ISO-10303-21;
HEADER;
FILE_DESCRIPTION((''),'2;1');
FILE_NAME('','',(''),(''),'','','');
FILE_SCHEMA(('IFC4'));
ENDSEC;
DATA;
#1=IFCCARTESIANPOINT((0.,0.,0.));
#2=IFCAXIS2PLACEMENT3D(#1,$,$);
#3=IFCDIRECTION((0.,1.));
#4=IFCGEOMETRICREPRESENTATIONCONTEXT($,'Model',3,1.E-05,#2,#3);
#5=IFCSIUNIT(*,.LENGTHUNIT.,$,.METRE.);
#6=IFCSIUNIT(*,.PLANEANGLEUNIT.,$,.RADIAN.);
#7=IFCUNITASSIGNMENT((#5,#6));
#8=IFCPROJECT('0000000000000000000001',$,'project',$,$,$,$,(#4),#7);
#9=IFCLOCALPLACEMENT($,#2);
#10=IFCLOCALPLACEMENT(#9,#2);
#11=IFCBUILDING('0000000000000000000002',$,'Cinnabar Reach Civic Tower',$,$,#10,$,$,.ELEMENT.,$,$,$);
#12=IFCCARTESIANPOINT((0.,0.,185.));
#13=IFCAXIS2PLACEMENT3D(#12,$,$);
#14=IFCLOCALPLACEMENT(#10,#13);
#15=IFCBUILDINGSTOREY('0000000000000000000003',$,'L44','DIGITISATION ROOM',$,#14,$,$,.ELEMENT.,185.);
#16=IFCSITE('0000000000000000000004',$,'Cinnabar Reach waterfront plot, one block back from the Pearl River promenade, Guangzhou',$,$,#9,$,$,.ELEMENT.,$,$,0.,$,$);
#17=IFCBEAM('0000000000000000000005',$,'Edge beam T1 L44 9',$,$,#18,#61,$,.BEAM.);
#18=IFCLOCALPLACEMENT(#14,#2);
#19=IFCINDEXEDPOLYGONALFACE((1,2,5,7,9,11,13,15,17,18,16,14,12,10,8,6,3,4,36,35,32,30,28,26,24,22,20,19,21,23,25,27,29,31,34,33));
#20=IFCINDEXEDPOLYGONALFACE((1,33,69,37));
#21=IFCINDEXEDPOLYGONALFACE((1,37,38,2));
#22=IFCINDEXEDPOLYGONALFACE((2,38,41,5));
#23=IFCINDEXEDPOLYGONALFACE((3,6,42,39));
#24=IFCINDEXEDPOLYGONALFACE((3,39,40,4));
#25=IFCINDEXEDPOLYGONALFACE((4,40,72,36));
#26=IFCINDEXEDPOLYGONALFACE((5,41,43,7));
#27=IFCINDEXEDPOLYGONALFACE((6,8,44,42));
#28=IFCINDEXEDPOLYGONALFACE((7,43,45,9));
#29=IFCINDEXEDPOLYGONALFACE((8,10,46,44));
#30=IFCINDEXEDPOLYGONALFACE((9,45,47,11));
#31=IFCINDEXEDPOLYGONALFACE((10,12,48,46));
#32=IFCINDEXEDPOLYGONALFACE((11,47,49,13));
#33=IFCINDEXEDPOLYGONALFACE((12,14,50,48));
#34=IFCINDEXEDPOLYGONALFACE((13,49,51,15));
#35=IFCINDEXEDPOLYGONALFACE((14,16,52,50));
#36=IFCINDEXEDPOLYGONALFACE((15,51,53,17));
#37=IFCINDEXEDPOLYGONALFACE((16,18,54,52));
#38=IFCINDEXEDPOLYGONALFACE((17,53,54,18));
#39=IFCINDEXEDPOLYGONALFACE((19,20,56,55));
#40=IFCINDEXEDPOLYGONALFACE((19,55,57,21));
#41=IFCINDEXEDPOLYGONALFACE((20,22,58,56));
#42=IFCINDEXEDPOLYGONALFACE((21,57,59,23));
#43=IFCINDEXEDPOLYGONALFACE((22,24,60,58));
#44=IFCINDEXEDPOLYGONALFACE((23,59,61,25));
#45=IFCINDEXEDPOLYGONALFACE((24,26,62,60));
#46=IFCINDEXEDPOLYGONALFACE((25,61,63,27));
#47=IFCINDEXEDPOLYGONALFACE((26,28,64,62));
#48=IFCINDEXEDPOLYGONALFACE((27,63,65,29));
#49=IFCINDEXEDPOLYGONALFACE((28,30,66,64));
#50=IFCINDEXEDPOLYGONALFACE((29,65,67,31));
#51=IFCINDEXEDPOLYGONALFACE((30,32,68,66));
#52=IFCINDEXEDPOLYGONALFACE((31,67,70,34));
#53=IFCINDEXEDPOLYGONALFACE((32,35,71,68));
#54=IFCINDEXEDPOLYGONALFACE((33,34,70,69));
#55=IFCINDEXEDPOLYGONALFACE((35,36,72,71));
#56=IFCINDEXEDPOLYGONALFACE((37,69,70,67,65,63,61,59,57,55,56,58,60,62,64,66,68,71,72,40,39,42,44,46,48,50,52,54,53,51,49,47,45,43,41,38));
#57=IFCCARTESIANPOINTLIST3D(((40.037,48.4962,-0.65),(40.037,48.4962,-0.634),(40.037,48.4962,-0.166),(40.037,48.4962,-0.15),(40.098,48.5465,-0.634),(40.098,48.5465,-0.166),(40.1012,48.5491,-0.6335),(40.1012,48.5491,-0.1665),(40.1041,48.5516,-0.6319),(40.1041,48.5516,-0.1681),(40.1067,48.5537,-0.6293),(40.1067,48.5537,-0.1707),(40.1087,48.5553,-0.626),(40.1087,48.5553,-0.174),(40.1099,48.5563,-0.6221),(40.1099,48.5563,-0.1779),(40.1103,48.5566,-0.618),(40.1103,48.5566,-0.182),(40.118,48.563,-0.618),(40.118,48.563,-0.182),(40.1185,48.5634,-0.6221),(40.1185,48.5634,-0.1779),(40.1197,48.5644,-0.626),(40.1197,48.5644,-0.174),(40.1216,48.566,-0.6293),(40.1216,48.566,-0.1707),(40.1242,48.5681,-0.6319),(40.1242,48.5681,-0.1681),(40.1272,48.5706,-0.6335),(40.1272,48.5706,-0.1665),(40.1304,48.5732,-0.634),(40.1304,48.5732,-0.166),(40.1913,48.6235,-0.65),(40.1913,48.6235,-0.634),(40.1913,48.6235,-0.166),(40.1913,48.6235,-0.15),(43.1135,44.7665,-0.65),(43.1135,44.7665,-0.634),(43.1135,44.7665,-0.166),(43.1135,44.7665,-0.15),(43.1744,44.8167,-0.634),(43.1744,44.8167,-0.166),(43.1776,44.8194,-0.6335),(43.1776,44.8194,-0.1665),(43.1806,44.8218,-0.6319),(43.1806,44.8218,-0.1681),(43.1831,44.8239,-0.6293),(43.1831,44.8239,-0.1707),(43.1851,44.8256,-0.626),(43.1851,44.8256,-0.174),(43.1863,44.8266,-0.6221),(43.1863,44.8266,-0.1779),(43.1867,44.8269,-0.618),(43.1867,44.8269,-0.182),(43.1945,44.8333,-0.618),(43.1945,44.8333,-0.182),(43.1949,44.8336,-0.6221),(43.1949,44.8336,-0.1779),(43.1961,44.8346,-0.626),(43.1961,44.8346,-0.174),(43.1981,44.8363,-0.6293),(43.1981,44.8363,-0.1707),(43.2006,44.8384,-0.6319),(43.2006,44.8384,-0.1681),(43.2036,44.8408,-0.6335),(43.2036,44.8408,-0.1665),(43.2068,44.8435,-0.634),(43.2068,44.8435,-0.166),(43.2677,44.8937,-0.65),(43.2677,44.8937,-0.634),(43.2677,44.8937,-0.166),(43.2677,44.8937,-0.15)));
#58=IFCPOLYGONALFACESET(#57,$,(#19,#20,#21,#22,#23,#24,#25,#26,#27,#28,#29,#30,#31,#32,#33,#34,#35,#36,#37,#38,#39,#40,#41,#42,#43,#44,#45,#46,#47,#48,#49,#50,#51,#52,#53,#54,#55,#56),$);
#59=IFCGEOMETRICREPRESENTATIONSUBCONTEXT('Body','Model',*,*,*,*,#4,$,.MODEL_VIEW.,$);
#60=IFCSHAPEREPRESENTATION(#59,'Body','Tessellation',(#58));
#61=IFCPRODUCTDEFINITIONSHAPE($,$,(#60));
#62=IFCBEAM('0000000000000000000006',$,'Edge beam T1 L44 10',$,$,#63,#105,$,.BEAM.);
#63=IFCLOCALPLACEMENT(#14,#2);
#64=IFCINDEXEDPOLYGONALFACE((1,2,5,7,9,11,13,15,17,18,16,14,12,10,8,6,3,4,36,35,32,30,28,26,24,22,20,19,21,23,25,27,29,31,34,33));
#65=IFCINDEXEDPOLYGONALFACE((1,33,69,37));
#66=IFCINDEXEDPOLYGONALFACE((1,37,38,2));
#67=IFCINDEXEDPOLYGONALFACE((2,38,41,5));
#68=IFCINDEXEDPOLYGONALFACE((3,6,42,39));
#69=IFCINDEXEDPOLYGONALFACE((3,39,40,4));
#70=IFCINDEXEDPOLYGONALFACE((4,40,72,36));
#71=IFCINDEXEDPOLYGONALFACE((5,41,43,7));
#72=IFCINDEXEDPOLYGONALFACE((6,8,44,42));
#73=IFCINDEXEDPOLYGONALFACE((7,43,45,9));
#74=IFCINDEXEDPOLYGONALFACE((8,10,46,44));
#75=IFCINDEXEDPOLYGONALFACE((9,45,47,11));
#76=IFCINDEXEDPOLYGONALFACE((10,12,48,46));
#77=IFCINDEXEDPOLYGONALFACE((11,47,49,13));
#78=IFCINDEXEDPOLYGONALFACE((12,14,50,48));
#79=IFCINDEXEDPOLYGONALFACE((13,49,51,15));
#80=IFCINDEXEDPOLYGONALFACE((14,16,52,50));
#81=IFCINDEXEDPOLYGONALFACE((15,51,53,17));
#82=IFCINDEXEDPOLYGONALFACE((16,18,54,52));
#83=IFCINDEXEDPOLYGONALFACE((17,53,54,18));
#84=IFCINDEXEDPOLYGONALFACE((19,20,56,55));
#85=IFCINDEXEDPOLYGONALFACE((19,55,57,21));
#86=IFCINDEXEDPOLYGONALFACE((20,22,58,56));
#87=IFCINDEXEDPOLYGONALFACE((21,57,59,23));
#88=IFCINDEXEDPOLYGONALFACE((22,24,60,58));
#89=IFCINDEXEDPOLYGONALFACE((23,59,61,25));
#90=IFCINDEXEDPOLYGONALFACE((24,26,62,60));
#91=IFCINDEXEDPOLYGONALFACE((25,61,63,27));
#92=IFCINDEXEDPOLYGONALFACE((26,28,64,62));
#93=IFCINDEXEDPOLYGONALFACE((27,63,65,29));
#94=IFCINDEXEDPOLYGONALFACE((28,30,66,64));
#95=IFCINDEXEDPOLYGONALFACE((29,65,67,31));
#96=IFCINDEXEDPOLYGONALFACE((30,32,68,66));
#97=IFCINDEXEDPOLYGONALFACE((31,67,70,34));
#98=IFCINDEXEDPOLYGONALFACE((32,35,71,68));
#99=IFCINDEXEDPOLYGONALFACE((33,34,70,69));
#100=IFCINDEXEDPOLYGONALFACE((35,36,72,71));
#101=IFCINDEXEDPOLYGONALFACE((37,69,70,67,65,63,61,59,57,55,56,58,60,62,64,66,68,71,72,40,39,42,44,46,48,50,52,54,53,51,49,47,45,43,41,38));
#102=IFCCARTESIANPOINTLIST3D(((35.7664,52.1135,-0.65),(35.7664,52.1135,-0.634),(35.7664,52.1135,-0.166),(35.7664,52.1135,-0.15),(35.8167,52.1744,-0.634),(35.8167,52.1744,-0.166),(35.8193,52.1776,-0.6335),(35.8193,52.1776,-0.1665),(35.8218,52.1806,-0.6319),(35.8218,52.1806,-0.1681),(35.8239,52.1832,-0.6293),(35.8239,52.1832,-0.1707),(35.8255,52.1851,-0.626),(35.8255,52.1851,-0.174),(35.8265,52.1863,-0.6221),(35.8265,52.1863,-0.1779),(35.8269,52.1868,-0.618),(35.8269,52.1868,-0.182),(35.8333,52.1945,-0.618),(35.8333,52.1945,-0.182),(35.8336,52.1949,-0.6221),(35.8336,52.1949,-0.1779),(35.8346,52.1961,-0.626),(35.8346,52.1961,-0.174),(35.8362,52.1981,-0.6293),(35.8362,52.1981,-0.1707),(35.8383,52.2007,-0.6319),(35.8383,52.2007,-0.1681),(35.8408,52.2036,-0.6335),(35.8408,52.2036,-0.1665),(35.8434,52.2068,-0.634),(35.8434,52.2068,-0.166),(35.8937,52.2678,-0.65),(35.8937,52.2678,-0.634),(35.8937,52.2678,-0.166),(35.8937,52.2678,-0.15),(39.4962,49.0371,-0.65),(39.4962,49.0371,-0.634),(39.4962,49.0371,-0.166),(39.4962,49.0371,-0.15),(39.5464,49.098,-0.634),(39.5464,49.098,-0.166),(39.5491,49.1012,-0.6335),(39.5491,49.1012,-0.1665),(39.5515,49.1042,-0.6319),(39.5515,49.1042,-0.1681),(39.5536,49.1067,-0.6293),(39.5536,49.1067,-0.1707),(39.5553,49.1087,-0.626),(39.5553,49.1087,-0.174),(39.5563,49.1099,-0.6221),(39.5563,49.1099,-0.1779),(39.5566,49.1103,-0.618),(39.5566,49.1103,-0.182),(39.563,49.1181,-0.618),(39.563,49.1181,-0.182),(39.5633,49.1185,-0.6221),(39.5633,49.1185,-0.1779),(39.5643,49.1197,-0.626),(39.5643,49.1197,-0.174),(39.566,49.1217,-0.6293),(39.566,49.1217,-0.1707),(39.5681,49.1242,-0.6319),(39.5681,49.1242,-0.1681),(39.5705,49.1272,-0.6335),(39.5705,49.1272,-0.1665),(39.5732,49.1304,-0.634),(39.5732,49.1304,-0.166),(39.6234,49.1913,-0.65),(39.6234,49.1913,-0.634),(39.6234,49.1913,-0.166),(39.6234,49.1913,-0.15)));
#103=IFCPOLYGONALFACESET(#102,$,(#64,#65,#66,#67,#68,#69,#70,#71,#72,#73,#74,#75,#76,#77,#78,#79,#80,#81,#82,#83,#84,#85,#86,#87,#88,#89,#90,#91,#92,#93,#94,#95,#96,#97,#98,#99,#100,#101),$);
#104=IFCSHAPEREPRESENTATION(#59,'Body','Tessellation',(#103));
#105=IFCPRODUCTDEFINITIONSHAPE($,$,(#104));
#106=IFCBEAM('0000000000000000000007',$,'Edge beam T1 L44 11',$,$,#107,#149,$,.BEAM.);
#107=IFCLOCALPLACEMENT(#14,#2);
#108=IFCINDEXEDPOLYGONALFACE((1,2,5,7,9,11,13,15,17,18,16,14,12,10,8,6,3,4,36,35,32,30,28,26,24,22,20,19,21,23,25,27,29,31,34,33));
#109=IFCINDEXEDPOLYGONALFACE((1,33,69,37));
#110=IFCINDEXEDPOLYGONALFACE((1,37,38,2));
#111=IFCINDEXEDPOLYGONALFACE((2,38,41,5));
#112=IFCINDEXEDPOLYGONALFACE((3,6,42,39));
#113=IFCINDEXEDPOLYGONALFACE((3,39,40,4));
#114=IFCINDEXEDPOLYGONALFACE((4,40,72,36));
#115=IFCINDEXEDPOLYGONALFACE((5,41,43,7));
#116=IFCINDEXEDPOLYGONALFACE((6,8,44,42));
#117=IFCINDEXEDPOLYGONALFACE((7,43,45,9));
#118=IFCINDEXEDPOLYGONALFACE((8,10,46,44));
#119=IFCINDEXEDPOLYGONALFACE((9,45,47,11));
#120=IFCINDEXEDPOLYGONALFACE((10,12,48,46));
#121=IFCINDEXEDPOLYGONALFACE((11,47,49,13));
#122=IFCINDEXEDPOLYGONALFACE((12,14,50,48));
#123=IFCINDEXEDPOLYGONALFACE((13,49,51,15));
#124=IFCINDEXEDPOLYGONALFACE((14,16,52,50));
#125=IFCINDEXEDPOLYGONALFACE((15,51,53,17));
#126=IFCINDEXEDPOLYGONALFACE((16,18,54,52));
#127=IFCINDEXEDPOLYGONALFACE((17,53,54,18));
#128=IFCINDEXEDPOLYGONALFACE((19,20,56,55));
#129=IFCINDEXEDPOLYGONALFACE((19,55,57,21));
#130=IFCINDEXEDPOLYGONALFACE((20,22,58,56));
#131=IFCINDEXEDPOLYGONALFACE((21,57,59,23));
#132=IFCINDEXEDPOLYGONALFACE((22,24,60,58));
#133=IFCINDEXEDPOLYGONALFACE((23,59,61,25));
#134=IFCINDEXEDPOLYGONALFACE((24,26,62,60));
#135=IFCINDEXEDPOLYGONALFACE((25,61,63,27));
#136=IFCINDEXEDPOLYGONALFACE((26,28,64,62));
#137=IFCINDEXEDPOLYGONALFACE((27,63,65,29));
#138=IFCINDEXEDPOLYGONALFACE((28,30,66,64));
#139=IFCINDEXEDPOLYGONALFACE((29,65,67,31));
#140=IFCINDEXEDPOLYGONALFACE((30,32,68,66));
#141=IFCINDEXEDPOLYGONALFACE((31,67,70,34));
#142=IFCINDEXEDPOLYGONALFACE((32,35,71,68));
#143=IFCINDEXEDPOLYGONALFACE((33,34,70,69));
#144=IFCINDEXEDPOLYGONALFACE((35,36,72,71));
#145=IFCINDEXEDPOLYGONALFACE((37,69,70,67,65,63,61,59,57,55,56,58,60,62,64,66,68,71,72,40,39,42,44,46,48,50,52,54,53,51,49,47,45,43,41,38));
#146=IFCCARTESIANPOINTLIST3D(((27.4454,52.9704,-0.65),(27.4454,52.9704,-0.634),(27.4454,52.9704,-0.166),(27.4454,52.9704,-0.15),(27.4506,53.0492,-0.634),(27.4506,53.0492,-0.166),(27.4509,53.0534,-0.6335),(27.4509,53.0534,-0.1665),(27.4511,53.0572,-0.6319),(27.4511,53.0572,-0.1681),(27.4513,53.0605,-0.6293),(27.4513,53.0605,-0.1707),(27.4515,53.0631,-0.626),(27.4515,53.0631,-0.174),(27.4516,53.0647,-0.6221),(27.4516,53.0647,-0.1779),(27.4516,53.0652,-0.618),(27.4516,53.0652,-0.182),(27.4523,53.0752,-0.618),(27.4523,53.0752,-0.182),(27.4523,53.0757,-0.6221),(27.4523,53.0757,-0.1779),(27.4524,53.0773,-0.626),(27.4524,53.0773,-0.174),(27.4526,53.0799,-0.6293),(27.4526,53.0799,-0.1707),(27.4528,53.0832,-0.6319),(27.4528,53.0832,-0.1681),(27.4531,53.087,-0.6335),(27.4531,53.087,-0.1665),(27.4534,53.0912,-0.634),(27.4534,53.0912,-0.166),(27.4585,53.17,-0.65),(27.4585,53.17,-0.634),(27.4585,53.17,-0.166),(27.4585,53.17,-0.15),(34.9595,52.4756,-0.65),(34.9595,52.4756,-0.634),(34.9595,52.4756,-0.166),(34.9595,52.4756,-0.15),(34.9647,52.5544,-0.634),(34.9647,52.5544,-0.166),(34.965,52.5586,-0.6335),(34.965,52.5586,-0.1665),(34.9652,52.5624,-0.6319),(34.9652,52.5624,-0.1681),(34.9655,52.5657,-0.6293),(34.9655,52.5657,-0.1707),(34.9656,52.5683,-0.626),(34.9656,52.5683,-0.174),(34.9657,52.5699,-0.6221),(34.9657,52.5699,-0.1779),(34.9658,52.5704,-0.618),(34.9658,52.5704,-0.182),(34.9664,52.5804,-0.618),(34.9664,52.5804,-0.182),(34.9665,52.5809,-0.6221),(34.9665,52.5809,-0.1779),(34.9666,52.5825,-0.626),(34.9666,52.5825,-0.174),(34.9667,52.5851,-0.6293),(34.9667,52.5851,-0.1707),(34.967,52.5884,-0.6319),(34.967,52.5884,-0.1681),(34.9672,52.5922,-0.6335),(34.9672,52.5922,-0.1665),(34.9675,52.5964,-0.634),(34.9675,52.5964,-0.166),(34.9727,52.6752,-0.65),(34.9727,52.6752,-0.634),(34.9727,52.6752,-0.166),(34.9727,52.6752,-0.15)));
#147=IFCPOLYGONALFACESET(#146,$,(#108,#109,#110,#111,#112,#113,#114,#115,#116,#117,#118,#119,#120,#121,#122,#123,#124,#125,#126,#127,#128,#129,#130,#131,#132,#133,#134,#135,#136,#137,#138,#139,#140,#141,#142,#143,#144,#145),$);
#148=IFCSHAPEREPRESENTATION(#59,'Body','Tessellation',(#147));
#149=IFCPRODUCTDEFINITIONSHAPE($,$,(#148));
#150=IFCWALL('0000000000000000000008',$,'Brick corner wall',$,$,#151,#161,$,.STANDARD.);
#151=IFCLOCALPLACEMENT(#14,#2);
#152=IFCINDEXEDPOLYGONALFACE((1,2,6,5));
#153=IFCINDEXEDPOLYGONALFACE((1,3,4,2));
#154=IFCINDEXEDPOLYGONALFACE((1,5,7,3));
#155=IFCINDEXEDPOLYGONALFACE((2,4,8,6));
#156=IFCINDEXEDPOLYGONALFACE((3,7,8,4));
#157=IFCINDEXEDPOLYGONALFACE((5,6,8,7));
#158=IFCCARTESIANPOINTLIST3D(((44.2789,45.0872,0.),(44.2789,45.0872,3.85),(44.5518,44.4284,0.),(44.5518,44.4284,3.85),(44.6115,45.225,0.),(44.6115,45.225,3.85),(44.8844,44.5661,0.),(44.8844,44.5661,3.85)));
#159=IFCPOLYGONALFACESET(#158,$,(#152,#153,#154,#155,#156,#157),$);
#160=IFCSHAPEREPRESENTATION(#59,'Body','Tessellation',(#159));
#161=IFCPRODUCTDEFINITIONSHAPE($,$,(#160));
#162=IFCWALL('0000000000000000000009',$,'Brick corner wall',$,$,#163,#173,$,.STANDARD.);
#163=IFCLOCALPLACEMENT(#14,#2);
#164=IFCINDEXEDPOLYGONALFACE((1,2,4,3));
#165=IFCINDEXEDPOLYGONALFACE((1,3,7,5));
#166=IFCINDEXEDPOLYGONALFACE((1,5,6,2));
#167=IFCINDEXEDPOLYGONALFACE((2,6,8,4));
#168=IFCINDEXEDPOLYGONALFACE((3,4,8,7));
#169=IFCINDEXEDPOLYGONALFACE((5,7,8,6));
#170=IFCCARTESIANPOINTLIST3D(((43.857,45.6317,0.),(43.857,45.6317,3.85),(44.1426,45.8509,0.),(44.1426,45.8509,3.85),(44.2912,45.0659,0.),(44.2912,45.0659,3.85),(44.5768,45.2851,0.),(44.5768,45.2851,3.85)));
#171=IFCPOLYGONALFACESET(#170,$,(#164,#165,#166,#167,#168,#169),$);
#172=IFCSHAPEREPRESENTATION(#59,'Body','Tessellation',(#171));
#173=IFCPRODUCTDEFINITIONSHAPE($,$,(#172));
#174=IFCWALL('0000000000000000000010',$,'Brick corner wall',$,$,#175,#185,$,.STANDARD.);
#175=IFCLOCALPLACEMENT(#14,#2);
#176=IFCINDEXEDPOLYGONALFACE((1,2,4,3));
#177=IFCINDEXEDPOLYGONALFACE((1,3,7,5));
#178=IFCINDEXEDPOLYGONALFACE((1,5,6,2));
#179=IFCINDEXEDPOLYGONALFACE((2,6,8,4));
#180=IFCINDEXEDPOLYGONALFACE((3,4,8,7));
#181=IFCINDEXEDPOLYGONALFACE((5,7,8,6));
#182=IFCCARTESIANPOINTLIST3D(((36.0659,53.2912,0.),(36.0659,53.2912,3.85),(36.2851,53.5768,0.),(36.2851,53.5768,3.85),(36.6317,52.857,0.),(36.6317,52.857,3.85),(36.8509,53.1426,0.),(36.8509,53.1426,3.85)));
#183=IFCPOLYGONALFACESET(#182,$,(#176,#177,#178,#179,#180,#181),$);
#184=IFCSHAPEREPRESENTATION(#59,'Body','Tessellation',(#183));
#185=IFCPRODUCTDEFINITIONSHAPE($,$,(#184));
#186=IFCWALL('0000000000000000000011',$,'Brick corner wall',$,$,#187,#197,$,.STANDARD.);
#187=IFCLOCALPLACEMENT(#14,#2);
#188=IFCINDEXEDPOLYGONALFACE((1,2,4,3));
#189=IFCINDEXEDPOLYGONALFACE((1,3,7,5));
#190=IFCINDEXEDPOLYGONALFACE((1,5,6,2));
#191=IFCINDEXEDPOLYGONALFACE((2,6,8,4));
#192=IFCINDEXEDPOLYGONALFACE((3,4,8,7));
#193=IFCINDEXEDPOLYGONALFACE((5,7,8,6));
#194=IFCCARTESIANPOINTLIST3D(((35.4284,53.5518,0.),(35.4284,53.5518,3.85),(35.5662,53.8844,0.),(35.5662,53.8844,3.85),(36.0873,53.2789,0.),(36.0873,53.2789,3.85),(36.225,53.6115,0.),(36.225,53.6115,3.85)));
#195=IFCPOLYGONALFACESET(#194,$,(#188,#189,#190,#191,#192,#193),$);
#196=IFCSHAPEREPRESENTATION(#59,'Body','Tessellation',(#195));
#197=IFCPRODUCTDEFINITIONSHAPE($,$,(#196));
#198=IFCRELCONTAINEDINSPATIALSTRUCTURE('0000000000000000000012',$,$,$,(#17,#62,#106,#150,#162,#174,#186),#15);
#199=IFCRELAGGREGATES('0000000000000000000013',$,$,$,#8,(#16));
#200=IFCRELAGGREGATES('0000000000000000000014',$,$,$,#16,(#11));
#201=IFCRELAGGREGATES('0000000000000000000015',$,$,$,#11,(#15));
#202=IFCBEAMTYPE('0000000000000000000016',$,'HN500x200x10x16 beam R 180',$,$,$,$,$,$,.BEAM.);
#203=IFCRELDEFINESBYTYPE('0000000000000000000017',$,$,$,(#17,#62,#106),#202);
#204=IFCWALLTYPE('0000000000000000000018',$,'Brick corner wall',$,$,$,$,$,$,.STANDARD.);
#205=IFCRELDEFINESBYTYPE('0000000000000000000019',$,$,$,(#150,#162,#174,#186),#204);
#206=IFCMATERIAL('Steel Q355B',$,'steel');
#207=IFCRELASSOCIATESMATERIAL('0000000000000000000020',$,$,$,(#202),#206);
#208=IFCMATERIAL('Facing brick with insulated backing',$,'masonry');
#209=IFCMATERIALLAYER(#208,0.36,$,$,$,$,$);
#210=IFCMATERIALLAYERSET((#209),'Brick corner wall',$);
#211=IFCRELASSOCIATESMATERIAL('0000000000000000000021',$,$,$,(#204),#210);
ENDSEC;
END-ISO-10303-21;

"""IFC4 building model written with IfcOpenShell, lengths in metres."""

from ifc_helpers import new_model, si_unit, direction, frame, frame_2d, origin, origin_2d, place, context, subcontext, project, spatial, rectangle, i_section, extrude, material, layer, layer_set, material_profile, profile_set, type_object, element, save


model = new_model("IFC4")

# Units and contexts
model_context = context("Model", 3, precision=1e-05, world=origin(), true_north=direction((0.0, 1.0)))
body_context = subcontext(model_context, "Body", "Model", "MODEL_VIEW")
ifc_project = project(units=[si_unit("LENGTHUNIT", "METRE"), si_unit("PLANEANGLEUNIT", "RADIAN")], contexts=[model_context])

# Site, building, storey
site_placement = place(None, origin())
site = spatial("IfcSite", under=ifc_project, at=site_placement, Name="Cinnabar Reach waterfront plot, one block back from the Pearl River promenade, Guangzhou", CompositionType="ELEMENT", RefElevation=0.0)
building_placement = place(site_placement, origin())
building = spatial("IfcBuilding", under=site, at=building_placement, Name="Cinnabar Reach Civic Tower", CompositionType="ELEMENT")
storey_placement = place(building_placement, frame((0.0, 0.0, 185.0)))
storey = spatial("IfcBuildingStorey", under=building, at=storey_placement, Name="L44", Description="DIGITISATION ROOM", CompositionType="ELEMENT", Elevation=185.0)

# Beams
ifc_material_1 = material(Name="Steel Q355B", Category="steel")
ifc_material_profile_1 = material_profile(ifc_material_1, i_section(OverallWidth=0.2, OverallDepth=0.5, WebThickness=0.01, FlangeThickness=0.016, FilletRadius=0.016, at=origin_2d()), Name="HN500x200x10x16")
ifc_profile_set_1 = profile_set([ifc_material_profile_1], Name="Steel Q355B")
beam_type_1 = type_object("IfcBeamType", Name="HN500x200x10x16 beam R 180", PredefinedType="BEAM", material=ifc_profile_set_1)
for number, where, z_axis, x_axis, name in (
    (1, (43.1906, 44.8301, -0.4), (-0.636309, 0.771434, 0.0), (-0.771434, -0.636309, 0.0), "Edge beam T1 L44 9"),
    (2, (39.5598, 49.1142, -0.4), (-0.771434, 0.636309, 0.0), (-0.636309, -0.771434, 0.0), "Edge beam T1 L44 10"),
):
    element("IfcBeam", number, at=place(storey_placement, frame(where, z_axis=z_axis, x_axis=x_axis)), inside=storey, type_object=beam_type_1, Name=name, PredefinedType="BEAM", context=body_context, shape_type="SweptSolid", body=[
        extrude(i_section(OverallWidth=0.2, OverallDepth=0.5, WebThickness=0.01, FlangeThickness=0.016, FilletRadius=0.016, at=origin_2d()), origin(), (0.0, 0.0, 1.0), 4.8348),
    ])
beam_1_placement = place(storey_placement, frame((34.9661, 52.5754, -0.4), z_axis=(-0.997839, 0.065707, 0.0), x_axis=(-0.065707, -0.997839, 0.0)))
element("IfcBeam", 3, at=beam_1_placement, inside=storey, type_object=beam_type_1, Name="Edge beam T1 L44 11", PredefinedType="BEAM", context=body_context, shape_type="SweptSolid", body=[
    extrude(i_section(OverallWidth=0.2, OverallDepth=0.5, WebThickness=0.01, FlangeThickness=0.016, FilletRadius=0.016, at=origin_2d()), origin(), (0.0, 0.0, 1.0), 7.5304),
])

# Walls
ifc_material_2 = material(Name="Facing brick with insulated backing", Category="masonry")
ifc_layer_1 = layer(ifc_material_2, 0.36)
ifc_layer_set_1 = layer_set([ifc_layer_1], Name="Brick corner wall")
wall_type_1 = type_object("IfcWallType", Name="Brick corner wall", PredefinedType="STANDARD", material=ifc_layer_set_1)
wall_1_placement = place(storey_placement, frame((44.7181, 44.4973, 0.0), z_axis=(0.0, 0.0, 1.0), x_axis=(-0.382703, 0.923872, 0.0)))
element("IfcWall", 4, at=wall_1_placement, inside=storey, type_object=wall_type_1, Name="Brick corner wall", PredefinedType="STANDARD", context=body_context, shape_type="SweptSolid", body=[
    extrude(rectangle(XDim=0.7131, YDim=0.36, at=frame_2d((0.3565, 0.0))), origin(), (0.0, 0.0, 1.0), 3.85),
])
for number, where, z_axis, x_axis, name in (
    (5, (44.434, 45.1755, 0.0), (0.0, 0.0, 1.0), (-0.608802, 0.793322, 0.0), "Brick corner wall"),
    (6, (36.7413, 52.9998, 0.0), (0.0, 0.0, 1.0), (-0.793322, 0.608802, 0.0), "Brick corner wall"),
):
    element("IfcWall", number, at=place(storey_placement, frame(where, z_axis=z_axis, x_axis=x_axis)), inside=storey, type_object=wall_type_1, Name=name, PredefinedType="STANDARD", context=body_context, shape_type="SweptSolid", body=[
        extrude(rectangle(XDim=0.7132, YDim=0.36, at=frame_2d((0.3566, 0.0))), origin(), (0.0, 0.0, 1.0), 3.85),
    ])
for number, where, z_axis, x_axis, name in (
    (7, (36.1561, 53.4452, 0.0), (0.0, 0.0, 1.0), (-0.923872, 0.382703, 0.0), "Brick corner wall"),
):
    element("IfcWall", number, at=place(storey_placement, frame(where, z_axis=z_axis, x_axis=x_axis)), inside=storey, type_object=wall_type_1, Name=name, PredefinedType="STANDARD", context=body_context, shape_type="SweptSolid", body=[
        extrude(rectangle(XDim=0.7131, YDim=0.36, at=frame_2d((0.3565, 0.0))), origin(), (0.0, 0.0, 1.0), 3.85),
    ])

save(model, "model.ifc")
